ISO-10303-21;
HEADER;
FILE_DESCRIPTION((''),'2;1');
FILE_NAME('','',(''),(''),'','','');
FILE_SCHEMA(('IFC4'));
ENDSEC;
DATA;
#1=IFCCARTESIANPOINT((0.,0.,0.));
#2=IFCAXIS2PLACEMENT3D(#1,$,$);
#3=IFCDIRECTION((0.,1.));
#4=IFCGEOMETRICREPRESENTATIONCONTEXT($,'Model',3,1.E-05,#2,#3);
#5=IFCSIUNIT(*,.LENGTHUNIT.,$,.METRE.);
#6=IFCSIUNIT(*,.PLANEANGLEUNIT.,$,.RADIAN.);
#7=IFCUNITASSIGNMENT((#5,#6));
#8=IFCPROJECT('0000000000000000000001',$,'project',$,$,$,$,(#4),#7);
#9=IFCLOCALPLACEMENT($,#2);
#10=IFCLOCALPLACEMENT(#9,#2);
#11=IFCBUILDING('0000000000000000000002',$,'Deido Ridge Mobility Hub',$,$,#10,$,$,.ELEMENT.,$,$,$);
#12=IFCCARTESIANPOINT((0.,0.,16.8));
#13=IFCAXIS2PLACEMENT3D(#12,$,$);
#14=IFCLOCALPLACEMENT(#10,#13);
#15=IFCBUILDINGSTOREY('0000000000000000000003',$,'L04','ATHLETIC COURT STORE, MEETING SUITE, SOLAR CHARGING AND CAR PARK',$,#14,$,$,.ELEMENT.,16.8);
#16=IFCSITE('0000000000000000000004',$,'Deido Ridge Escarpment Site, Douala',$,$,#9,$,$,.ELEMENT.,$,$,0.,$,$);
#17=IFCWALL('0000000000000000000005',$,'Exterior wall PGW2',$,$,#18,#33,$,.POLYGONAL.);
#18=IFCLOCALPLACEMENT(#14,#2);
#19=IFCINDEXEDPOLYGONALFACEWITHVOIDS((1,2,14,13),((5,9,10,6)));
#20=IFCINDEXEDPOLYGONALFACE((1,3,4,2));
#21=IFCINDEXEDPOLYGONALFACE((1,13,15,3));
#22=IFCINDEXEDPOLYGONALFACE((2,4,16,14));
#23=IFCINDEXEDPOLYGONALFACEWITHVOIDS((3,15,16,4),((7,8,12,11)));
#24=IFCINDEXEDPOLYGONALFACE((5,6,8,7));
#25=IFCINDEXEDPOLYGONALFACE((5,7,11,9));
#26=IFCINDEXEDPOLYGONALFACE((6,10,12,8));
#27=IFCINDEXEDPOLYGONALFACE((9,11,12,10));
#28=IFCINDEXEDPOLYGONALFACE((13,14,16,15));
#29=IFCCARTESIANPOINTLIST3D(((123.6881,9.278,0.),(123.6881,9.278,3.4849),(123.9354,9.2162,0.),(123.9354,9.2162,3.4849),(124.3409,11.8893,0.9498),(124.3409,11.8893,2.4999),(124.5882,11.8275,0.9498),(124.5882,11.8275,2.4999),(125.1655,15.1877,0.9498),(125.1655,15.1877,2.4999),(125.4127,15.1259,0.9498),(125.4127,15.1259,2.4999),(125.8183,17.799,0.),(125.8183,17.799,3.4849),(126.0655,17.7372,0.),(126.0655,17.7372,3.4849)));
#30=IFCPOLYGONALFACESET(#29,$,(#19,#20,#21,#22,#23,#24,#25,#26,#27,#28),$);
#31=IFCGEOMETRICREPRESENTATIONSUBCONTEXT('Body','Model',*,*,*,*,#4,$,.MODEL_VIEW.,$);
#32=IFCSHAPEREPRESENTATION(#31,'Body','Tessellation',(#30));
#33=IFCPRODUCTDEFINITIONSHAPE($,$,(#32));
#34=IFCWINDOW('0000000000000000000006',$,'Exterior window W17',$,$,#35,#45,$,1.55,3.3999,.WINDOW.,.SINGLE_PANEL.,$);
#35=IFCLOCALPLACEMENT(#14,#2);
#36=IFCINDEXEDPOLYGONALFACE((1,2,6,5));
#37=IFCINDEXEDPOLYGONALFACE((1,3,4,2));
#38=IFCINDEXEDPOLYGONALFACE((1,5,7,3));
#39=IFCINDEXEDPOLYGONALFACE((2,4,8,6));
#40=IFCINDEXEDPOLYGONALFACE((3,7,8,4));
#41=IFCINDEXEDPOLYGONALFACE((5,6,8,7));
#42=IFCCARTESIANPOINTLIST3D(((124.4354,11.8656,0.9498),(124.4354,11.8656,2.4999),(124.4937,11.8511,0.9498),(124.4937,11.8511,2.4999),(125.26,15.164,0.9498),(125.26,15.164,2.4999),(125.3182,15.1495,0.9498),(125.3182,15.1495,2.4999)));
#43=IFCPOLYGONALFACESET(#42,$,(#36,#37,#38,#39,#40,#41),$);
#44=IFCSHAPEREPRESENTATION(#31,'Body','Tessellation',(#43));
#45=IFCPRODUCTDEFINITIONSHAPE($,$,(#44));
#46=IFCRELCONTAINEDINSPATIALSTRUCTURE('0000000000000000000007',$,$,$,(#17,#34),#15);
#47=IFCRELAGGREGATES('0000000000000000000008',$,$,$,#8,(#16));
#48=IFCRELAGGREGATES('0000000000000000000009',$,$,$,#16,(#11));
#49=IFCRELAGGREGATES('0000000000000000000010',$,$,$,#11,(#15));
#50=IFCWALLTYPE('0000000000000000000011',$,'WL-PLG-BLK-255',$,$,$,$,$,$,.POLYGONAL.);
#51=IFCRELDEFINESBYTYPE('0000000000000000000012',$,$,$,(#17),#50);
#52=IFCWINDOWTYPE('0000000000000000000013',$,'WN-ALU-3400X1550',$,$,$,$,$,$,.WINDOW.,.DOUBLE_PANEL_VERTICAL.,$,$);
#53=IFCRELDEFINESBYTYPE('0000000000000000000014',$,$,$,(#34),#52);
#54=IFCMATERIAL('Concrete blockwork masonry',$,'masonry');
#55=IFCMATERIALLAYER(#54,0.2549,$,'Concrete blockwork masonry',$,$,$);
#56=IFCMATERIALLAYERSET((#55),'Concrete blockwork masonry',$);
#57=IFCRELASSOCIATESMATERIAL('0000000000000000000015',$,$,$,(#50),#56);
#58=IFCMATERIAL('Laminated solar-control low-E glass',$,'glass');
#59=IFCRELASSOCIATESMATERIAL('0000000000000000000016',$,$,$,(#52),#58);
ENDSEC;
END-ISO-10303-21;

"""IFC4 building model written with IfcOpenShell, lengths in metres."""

from ifc_helpers import new_model, si_unit, direction, frame, frame_2d, origin, place, context, subcontext, project, spatial, rectangle, extrude, material, layer, layer_set, type_object, element, fill, save


model = new_model("IFC4")

# Units and contexts
model_context = context("Model", 3, precision=1e-05, world=origin(), true_north=direction((0.0, 1.0)))
body_context = subcontext(model_context, "Body", "Model", "MODEL_VIEW")
ifc_project = project(units=[si_unit("LENGTHUNIT", "METRE"), si_unit("PLANEANGLEUNIT", "RADIAN")], contexts=[model_context])

# Site, building, storey
site_placement = place(None, origin())
site = spatial("IfcSite", under=ifc_project, at=site_placement, Name="Deido Ridge Escarpment Site, Douala", CompositionType="ELEMENT", RefElevation=0.0)
building_placement = place(site_placement, origin())
building = spatial("IfcBuilding", under=site, at=building_placement, Name="Deido Ridge Mobility Hub", CompositionType="ELEMENT")
storey_placement = place(building_placement, frame((0.0, 0.0, 16.8)))
storey = spatial("IfcBuildingStorey", under=building, at=storey_placement, Name="L04", Description="ATHLETIC COURT STORE, MEETING SUITE, SOLAR CHARGING AND CAR PARK", CompositionType="ELEMENT", Elevation=16.8)

# Shared definitions
ifc_material_1 = material(Name="Laminated solar-control low-E glass", Category="glass")

# Wall, opening, window
ifc_material_2 = material(Name="Concrete blockwork masonry", Category="masonry")
ifc_layer_1 = layer(ifc_material_2, 0.2549, Name="Concrete blockwork masonry")
ifc_layer_set_1 = layer_set([ifc_layer_1], Name="Concrete blockwork masonry")
wall_type_1 = type_object("IfcWallType", Name="WL-PLG-BLK-255", PredefinedType="POLYGONAL", material=ifc_layer_set_1)
wall_1_placement = place(storey_placement, frame((123.8118, 9.2471, 0.0), z_axis=(0.0, 0.0, 1.0), x_axis=(0.242523, 0.970146, 0.0)))
wall_1 = element("IfcWall", 1, at=wall_1_placement, inside=storey, type_object=wall_type_1, Name="Exterior wall PGW2", PredefinedType="POLYGONAL", context=body_context, shape_type="SweptSolid", body=[
    extrude(rectangle(XDim=8.7832, YDim=0.2549, at=frame_2d((4.3916, 0.0))), origin(), (0.0, 0.0, 1.0), 3.4849),
])
opening_placement = place(wall_1_placement, frame((2.6917, 0.0, 0.95)))
opening = element("IfcOpeningElement", 2, at=opening_placement, cuts=wall_1, PredefinedType="OPENING", context=body_context, shape_type="SweptSolid", body=[
    extrude(rectangle(XDim=3.3999, YDim=1.55, at=frame_2d((1.7, 0.7749))), frame((0.0, 0.1375, 0.0), z_axis=(0.0, -1.0, 0.0), x_axis=(1.0, 0.0, 0.0)), (0.0, 0.0, 1.0), 0.2749),
])
window_type = type_object("IfcWindowType", Name="WN-ALU-3400X1550", PartitioningType="DOUBLE_PANEL_VERTICAL", PredefinedType="WINDOW", material=ifc_material_1)
window_placement = place(opening_placement, origin())
window = element("IfcWindow", 3, at=window_placement, inside=storey, type_object=window_type, Name="Exterior window W17", OverallHeight=1.55, OverallWidth=3.3999, PartitioningType="SINGLE_PANEL", PredefinedType="WINDOW", context=body_context, shape_type="SweptSolid", body=[
    extrude(rectangle(XDim=3.3999, YDim=1.55, at=frame_2d((1.7, 0.7749))), frame((0.0, 0.03, 0.0), z_axis=(0.0, -1.0, 0.0), x_axis=(1.0, 0.0, 0.0)), (0.0, 0.0, 1.0), 0.0601),
])
fill(opening, window)

save(model, "model.ifc")
